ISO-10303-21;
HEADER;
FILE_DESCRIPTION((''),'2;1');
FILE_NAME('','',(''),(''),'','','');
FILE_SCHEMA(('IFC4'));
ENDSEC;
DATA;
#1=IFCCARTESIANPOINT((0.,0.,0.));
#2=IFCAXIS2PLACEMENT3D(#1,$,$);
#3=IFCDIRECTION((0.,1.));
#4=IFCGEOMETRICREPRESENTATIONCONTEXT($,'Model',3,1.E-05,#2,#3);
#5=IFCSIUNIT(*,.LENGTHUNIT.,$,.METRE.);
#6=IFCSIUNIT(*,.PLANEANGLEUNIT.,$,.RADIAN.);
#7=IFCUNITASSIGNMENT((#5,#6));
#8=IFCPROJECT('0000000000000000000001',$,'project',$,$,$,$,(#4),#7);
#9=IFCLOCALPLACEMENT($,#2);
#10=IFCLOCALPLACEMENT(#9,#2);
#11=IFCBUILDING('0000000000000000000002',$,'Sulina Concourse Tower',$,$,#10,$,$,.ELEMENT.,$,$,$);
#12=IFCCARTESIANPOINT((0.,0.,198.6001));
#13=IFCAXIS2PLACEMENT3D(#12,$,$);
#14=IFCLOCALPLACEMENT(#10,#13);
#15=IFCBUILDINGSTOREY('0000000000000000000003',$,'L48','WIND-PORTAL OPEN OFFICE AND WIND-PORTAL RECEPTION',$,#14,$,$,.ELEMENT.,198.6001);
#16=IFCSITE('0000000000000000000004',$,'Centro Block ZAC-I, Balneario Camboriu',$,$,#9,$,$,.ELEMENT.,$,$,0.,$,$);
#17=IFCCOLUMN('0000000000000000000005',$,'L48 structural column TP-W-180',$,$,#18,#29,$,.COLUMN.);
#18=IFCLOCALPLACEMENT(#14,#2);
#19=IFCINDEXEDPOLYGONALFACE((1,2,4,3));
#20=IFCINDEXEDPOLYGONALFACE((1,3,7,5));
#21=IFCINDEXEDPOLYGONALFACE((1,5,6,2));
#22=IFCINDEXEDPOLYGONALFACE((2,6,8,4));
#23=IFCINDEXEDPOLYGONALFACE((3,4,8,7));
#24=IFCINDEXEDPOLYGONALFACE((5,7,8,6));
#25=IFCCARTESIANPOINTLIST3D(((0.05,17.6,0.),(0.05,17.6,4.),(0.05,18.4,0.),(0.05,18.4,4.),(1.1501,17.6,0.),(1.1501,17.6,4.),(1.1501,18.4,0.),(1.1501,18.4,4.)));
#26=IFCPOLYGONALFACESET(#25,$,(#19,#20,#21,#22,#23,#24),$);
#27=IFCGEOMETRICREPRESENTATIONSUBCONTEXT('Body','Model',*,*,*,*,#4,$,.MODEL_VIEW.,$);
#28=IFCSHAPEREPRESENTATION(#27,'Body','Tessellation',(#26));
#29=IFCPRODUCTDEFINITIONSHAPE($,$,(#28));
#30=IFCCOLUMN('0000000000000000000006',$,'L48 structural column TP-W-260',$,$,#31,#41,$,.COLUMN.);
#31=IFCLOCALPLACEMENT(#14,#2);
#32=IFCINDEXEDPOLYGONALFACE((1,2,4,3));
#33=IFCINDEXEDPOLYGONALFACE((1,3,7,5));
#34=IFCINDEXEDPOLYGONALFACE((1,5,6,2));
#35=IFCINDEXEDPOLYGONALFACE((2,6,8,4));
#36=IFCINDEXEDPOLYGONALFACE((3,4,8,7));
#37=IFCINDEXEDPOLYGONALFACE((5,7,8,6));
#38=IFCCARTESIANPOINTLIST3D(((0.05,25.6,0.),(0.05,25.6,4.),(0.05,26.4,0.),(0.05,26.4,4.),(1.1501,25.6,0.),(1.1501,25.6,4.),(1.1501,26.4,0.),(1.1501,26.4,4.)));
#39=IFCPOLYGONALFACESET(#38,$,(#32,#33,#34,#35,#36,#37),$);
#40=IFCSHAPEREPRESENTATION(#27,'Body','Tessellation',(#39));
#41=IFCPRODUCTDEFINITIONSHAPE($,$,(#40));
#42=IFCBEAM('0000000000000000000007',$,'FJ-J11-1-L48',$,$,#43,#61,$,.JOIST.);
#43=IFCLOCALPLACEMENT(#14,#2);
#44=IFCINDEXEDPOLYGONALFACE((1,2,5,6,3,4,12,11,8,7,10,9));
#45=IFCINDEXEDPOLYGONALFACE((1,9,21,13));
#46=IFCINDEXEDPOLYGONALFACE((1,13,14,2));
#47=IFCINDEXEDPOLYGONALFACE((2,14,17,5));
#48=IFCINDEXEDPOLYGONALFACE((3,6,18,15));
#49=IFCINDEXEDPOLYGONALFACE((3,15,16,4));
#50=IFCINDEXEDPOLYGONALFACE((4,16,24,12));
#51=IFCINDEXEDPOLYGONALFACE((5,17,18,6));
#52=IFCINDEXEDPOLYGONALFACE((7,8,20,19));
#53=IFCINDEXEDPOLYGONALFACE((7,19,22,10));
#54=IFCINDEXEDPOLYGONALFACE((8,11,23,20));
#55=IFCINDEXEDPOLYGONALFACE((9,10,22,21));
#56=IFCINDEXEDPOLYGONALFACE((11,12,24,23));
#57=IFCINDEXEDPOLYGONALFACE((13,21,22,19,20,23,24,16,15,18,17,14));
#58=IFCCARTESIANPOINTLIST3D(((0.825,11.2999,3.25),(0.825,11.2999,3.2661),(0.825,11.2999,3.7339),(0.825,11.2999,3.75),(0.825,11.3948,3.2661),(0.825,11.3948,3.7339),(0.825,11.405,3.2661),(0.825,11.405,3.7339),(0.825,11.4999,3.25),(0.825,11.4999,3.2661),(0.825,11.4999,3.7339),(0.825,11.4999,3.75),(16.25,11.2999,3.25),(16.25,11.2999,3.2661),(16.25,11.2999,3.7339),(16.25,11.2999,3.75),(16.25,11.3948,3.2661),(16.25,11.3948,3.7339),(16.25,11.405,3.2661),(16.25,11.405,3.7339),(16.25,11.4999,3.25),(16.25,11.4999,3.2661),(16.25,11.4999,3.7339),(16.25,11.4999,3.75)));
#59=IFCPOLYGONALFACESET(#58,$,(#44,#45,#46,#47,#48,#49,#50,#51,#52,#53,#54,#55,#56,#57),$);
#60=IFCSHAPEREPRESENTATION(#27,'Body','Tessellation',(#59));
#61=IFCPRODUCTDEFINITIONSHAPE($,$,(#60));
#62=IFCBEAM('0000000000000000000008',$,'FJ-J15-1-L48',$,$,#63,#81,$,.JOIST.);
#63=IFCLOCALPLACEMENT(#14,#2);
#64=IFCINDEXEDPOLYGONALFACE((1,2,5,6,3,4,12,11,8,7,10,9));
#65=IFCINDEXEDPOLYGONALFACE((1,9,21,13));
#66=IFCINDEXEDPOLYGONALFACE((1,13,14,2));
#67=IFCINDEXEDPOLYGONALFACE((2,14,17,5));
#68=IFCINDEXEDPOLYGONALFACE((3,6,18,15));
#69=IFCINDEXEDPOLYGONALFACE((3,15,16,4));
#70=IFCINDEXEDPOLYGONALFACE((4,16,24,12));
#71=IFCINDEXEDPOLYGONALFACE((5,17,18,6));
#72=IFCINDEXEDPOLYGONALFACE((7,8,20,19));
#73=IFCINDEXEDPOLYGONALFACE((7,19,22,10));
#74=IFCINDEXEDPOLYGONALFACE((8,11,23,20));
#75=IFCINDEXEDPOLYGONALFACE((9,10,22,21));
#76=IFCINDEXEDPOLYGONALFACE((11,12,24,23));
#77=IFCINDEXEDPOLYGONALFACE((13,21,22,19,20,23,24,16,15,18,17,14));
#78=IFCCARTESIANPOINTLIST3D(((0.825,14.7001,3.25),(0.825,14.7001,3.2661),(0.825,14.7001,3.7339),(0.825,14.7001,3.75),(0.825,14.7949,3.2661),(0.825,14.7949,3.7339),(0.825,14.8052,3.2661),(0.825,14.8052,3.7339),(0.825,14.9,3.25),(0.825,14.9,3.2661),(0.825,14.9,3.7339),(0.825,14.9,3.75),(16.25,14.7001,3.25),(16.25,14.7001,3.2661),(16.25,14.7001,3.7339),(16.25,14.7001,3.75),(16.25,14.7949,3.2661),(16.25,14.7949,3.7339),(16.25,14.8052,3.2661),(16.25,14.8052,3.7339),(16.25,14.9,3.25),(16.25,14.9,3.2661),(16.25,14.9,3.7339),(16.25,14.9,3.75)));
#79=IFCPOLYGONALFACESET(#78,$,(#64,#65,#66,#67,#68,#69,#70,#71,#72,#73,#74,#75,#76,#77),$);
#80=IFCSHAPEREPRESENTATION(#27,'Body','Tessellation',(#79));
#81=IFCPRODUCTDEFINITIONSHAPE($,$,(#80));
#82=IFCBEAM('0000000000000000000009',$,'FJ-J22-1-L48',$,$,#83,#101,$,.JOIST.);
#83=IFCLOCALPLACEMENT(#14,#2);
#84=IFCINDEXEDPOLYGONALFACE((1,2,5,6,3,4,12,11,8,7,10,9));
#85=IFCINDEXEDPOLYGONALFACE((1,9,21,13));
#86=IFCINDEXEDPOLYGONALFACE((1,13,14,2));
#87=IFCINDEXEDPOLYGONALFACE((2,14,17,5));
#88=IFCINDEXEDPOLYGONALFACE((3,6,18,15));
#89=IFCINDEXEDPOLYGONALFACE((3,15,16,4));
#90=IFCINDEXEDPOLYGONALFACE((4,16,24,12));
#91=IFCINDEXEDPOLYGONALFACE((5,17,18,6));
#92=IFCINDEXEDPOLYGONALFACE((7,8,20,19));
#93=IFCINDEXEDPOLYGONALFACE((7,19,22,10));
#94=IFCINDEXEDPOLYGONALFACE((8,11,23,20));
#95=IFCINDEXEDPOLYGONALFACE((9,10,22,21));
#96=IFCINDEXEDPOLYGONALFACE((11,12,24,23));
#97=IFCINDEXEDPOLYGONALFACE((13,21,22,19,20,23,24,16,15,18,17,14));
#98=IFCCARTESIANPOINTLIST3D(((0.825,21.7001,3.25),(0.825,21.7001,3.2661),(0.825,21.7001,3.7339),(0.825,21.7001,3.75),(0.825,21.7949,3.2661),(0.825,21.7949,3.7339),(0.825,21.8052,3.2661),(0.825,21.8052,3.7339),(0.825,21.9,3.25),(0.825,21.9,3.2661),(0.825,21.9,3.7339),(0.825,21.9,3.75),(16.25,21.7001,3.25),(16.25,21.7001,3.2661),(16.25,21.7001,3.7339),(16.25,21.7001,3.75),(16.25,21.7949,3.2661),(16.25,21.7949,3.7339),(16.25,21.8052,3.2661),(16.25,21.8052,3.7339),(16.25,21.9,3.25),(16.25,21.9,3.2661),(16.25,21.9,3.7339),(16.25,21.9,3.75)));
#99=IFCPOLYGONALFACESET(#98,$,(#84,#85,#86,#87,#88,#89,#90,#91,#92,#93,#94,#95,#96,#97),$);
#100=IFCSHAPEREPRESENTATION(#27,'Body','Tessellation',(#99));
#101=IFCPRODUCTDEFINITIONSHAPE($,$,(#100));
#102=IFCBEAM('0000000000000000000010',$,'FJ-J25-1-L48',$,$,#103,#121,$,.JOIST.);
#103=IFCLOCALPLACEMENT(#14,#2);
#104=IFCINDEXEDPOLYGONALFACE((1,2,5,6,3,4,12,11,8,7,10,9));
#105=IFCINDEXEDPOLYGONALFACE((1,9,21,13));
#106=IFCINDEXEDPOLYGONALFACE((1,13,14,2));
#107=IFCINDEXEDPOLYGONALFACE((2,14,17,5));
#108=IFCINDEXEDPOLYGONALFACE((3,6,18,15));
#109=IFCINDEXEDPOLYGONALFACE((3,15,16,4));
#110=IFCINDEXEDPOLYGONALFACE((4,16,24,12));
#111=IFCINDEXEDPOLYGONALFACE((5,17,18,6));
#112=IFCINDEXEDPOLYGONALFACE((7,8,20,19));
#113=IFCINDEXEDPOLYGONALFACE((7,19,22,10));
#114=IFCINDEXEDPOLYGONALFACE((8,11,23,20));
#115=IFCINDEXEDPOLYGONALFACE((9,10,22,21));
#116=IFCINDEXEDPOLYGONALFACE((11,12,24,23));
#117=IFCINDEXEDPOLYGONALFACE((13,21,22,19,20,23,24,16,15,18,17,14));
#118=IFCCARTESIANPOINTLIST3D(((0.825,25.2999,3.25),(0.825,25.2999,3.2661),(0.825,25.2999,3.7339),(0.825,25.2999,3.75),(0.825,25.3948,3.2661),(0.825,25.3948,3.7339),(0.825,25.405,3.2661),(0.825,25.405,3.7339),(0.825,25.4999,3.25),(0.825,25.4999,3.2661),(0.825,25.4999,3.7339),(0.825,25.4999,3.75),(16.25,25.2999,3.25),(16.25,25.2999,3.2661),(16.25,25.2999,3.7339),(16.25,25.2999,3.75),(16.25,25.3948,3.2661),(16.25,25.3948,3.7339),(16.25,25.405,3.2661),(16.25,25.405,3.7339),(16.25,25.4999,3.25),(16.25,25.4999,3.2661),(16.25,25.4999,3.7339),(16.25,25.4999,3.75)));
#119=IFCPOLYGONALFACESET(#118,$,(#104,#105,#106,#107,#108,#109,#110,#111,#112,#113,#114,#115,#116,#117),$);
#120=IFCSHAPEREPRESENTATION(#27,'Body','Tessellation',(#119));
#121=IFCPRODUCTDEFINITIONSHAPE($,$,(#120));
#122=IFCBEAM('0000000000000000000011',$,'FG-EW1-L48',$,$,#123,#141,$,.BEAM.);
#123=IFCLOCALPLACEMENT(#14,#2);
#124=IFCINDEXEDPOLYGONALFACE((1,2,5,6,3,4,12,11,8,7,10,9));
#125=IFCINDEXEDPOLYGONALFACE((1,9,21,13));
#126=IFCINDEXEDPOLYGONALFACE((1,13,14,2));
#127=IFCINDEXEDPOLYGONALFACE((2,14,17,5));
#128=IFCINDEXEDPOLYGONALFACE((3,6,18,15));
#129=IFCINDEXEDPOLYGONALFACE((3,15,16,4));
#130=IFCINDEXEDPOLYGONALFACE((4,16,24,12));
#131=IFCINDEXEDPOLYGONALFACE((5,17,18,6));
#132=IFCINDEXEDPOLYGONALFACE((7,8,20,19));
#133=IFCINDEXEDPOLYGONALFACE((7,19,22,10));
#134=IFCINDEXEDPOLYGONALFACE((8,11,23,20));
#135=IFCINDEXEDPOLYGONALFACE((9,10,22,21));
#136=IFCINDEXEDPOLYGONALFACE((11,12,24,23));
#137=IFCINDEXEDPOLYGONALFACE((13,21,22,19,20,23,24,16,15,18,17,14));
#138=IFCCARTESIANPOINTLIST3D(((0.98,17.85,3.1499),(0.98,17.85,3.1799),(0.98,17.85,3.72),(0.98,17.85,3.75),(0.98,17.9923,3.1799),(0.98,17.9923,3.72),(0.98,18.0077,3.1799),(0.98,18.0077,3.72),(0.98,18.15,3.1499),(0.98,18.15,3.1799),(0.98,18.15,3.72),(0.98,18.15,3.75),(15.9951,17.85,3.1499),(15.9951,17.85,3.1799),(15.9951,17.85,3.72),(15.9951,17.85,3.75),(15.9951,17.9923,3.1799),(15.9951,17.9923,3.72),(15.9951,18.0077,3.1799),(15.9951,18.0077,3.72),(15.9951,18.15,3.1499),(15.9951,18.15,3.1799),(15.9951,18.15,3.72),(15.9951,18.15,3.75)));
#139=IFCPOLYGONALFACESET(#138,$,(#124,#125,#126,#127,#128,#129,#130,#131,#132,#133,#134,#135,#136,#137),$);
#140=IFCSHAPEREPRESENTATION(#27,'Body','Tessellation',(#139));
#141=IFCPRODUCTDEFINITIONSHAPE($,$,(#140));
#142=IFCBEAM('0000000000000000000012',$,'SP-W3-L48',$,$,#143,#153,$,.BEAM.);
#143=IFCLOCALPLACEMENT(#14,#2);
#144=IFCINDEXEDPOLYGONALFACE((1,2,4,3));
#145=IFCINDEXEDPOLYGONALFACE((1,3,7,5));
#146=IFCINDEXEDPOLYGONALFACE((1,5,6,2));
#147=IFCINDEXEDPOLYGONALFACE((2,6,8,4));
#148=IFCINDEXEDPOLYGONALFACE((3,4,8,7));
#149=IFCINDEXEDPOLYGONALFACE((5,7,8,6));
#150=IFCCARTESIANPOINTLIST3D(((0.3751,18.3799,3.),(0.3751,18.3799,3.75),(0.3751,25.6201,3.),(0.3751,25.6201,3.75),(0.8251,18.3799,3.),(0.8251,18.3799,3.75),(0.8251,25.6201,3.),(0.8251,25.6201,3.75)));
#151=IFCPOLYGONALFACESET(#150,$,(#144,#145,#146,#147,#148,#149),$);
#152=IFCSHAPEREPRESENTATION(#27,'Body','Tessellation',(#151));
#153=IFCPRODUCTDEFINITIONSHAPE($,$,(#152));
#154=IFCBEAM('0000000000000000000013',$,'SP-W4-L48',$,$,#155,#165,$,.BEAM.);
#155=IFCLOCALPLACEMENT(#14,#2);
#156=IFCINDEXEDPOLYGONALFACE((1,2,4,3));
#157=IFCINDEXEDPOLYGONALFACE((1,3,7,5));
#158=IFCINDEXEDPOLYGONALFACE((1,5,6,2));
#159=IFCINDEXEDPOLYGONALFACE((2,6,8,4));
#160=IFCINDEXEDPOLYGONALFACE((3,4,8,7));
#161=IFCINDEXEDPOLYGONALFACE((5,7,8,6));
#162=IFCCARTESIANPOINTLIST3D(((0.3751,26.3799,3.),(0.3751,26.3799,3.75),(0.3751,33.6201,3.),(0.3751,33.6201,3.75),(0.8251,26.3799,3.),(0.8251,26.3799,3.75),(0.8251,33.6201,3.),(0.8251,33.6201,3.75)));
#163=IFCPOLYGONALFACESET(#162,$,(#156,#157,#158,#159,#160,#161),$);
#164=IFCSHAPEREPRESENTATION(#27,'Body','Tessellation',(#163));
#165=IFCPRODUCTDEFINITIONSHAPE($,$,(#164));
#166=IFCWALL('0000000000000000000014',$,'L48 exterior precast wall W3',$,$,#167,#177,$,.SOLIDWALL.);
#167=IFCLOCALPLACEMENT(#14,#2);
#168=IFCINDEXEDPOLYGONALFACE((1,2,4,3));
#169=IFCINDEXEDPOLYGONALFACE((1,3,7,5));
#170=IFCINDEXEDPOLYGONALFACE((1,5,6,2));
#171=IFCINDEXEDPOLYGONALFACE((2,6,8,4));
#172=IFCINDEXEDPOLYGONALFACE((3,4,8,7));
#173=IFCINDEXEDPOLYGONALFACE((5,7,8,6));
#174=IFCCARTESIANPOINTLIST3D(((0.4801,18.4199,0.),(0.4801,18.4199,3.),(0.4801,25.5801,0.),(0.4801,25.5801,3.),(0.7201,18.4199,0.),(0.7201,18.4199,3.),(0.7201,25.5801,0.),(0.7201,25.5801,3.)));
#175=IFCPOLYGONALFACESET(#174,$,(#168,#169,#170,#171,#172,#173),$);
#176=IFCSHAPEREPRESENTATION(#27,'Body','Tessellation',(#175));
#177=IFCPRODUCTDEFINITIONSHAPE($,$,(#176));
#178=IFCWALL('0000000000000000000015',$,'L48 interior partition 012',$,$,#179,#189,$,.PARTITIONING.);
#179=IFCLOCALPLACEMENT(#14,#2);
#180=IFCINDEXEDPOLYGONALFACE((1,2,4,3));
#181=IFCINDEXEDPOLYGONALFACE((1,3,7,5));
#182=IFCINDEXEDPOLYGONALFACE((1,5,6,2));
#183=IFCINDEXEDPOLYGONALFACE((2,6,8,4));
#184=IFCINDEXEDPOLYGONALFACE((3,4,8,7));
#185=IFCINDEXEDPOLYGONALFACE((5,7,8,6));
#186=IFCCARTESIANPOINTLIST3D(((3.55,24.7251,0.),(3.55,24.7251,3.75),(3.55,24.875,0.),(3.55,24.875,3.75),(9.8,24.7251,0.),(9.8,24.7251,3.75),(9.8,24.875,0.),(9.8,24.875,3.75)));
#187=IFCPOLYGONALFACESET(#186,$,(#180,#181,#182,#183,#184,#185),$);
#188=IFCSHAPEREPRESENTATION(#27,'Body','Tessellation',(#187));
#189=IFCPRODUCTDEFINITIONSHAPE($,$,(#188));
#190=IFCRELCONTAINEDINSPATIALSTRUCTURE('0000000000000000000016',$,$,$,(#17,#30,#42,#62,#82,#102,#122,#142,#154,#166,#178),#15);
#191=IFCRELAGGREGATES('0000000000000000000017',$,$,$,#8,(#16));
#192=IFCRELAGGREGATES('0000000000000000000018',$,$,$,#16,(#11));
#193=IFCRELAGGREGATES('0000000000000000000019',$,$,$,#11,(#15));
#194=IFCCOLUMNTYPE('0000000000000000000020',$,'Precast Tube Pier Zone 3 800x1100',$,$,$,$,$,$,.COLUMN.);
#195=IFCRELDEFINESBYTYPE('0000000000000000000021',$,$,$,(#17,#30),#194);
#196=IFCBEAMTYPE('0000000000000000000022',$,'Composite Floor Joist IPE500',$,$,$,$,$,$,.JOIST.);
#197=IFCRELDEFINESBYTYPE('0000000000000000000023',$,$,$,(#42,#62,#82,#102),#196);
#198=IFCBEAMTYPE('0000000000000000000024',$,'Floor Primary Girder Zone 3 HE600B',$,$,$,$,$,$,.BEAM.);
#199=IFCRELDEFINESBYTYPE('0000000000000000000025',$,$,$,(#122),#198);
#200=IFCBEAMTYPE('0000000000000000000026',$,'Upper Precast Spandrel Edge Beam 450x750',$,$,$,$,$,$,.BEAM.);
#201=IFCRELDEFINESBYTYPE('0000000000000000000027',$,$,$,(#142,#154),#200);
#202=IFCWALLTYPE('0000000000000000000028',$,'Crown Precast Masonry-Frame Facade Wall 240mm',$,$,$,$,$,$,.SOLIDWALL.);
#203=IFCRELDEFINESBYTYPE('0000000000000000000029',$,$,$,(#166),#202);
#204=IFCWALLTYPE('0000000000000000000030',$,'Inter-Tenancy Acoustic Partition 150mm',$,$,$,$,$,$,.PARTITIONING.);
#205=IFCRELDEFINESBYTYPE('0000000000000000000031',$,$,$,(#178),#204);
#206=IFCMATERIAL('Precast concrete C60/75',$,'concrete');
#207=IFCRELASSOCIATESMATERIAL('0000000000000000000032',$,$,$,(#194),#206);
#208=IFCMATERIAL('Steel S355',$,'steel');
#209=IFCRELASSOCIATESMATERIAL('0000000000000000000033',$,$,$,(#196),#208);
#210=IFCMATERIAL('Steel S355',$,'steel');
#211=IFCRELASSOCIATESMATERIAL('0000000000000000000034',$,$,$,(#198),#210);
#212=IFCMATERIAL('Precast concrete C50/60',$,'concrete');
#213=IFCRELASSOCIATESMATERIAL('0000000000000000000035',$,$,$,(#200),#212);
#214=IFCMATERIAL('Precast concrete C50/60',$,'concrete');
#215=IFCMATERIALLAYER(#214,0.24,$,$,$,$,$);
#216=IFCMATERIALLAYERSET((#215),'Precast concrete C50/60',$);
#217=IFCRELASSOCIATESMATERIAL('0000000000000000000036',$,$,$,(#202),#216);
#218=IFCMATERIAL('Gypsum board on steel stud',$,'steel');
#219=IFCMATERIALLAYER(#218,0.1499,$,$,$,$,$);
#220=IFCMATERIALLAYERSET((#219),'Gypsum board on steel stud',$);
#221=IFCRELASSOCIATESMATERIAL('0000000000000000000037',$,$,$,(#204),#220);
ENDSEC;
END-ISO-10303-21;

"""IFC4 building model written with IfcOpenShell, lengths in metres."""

from ifc_helpers import new_model, si_unit, direction, frame, frame_2d, origin, origin_2d, place, context, subcontext, project, spatial, rectangle, i_section, extrude, material, layer, layer_set, material_profile, profile_set, type_object, element, save


model = new_model("IFC4")

# Units and contexts
model_context = context("Model", 3, precision=1e-05, world=origin(), true_north=direction((0.0, 1.0)))
body_context = subcontext(model_context, "Body", "Model", "MODEL_VIEW")
ifc_project = project(units=[si_unit("LENGTHUNIT", "METRE"), si_unit("PLANEANGLEUNIT", "RADIAN")], contexts=[model_context])

# Site, building, storey
site_placement = place(None, origin())
site = spatial("IfcSite", under=ifc_project, at=site_placement, Name="Centro Block ZAC-I, Balneario Camboriu", CompositionType="ELEMENT", RefElevation=0.0)
building_placement = place(site_placement, origin())
building = spatial("IfcBuilding", under=site, at=building_placement, Name="Sulina Concourse Tower", CompositionType="ELEMENT")
storey_placement = place(building_placement, frame((0.0, 0.0, 198.6001)))
storey = spatial("IfcBuildingStorey", under=building, at=storey_placement, Name="L48", Description="WIND-PORTAL OPEN OFFICE AND WIND-PORTAL RECEPTION", CompositionType="ELEMENT", Elevation=198.6001)

# Columns
ifc_material_1 = material(Name="Precast concrete C60/75", Category="concrete")
ifc_material_profile_1 = material_profile(ifc_material_1, rectangle(XDim=0.8, YDim=1.1001, at=origin_2d()), Name="PC 800x1100")
ifc_profile_set_1 = profile_set([ifc_material_profile_1], Name="Precast concrete C60/75")
column_type = type_object("IfcColumnType", Name="Precast Tube Pier Zone 3 800x1100", PredefinedType="COLUMN", material=ifc_profile_set_1)
for number, where, z_axis, x_axis, name in (
    (1, (0.6001, 18.0, 0.0), (0.0, 0.0, 1.0), (0.0, 1.0, 0.0), "L48 structural column TP-W-180"),
    (2, (0.6001, 26.0, 0.0), (0.0, 0.0, 1.0), (0.0, 1.0, 0.0), "L48 structural column TP-W-260"),
):
    element("IfcColumn", number, at=place(storey_placement, frame(where, z_axis=z_axis, x_axis=x_axis)), inside=storey, type_object=column_type, Name=name, PredefinedType="COLUMN", context=body_context, shape_type="SweptSolid", body=[
        extrude(rectangle(XDim=0.8, YDim=1.1001, at=origin_2d()), origin(), (0.0, 0.0, 1.0), 4.0),
    ])

# Beams
ifc_material_2 = material(Name="Steel S355", Category="steel")
ifc_material_profile_2 = material_profile(ifc_material_2, i_section(OverallWidth=0.2, OverallDepth=0.5, WebThickness=0.0103, FlangeThickness=0.0161, at=origin_2d()), Name="IPE 500")
ifc_profile_set_2 = profile_set([ifc_material_profile_2], Name="Steel S355")
beam_type_1 = type_object("IfcBeamType", Name="Composite Floor Joist IPE500", PredefinedType="JOIST", material=ifc_profile_set_2)
for number, where, z_axis, x_axis, name in (
    (3, (0.825, 11.3999, 3.5), (1.0, 0.0, 0.0), (0.0, 1.0, 0.0), "FJ-J11-1-L48"),
    (4, (0.825, 14.8, 3.5), (1.0, 0.0, 0.0), (0.0, 1.0, 0.0), "FJ-J15-1-L48"),
    (5, (0.825, 21.8, 3.5), (1.0, 0.0, 0.0), (0.0, 1.0, 0.0), "FJ-J22-1-L48"),
    (6, (0.825, 25.3999, 3.5), (1.0, 0.0, 0.0), (0.0, 1.0, 0.0), "FJ-J25-1-L48"),
):
    element("IfcBeam", number, at=place(storey_placement, frame(where, z_axis=z_axis, x_axis=x_axis)), inside=storey, type_object=beam_type_1, Name=name, PredefinedType="JOIST", context=body_context, shape_type="SweptSolid", body=[
        extrude(i_section(OverallWidth=0.2, OverallDepth=0.5, WebThickness=0.0103, FlangeThickness=0.0161, at=origin_2d()), origin(), (0.0, 0.0, 1.0), 15.425),
    ])
ifc_material_3 = material(Name="Steel S355", Category="steel")
ifc_material_profile_3 = material_profile(ifc_material_3, i_section(OverallWidth=0.3, OverallDepth=0.6001, WebThickness=0.0154, FlangeThickness=0.03, at=origin_2d()), Name="HE 600 B")
ifc_profile_set_3 = profile_set([ifc_material_profile_3], Name="Steel S355")
beam_type_2 = type_object("IfcBeamType", Name="Floor Primary Girder Zone 3 HE600B", PredefinedType="BEAM", material=ifc_profile_set_3)
beam_placement = place(storey_placement, frame((0.98, 18.0, 3.45), z_axis=(1.0, 0.0, 0.0), x_axis=(0.0, 1.0, 0.0)))
element("IfcBeam", 7, at=beam_placement, inside=storey, type_object=beam_type_2, Name="FG-EW1-L48", PredefinedType="BEAM", context=body_context, shape_type="SweptSolid", body=[
    extrude(i_section(OverallWidth=0.3, OverallDepth=0.6001, WebThickness=0.0154, FlangeThickness=0.03, at=origin_2d()), origin(), (0.0, 0.0, 1.0), 15.0151),
])
ifc_material_4 = material(Name="Precast concrete C50/60", Category="concrete")
ifc_material_profile_4 = material_profile(ifc_material_4, rectangle(XDim=0.45, YDim=0.75, at=origin_2d()), Name="RC 450x750")
ifc_profile_set_4 = profile_set([ifc_material_profile_4], Name="Precast concrete C50/60")
beam_type_3 = type_object("IfcBeamType", Name="Upper Precast Spandrel Edge Beam 450x750", PredefinedType="BEAM", material=ifc_profile_set_4)
for number, where, z_axis, x_axis, name in (
    (8, (0.6001, 18.3799, 3.375), (0.0, 1.0, 0.0), (-1.0, 0.0, 0.0), "SP-W3-L48"),
    (9, (0.6001, 26.3799, 3.375), (0.0, 1.0, 0.0), (-1.0, 0.0, 0.0), "SP-W4-L48"),
):
    element("IfcBeam", number, at=place(storey_placement, frame(where, z_axis=z_axis, x_axis=x_axis)), inside=storey, type_object=beam_type_3, Name=name, PredefinedType="BEAM", context=body_context, shape_type="SweptSolid", body=[
        extrude(rectangle(XDim=0.45, YDim=0.75, at=origin_2d()), origin(), (0.0, 0.0, 1.0), 7.2402),
    ])

# Walls
ifc_material_5 = material(Name="Precast concrete C50/60", Category="concrete")
ifc_layer_1 = layer(ifc_material_5, 0.24)
ifc_layer_set_1 = layer_set([ifc_layer_1], Name="Precast concrete C50/60")
wall_type_1 = type_object("IfcWallType", Name="Crown Precast Masonry-Frame Facade Wall 240mm", PredefinedType="SOLIDWALL", material=ifc_layer_set_1)
wall_1_placement = place(storey_placement, frame((0.6001, 18.4199, 0.0), z_axis=(0.0, 0.0, 1.0), x_axis=(0.0, 1.0, 0.0)))
element("IfcWall", 10, at=wall_1_placement, inside=storey, type_object=wall_type_1, Name="L48 exterior precast wall W3", PredefinedType="SOLIDWALL", context=body_context, shape_type="SweptSolid", body=[
    extrude(rectangle(XDim=7.1602, YDim=0.24, at=frame_2d((3.5801, 0.0))), origin(), (0.0, 0.0, 1.0), 3.0),
])
ifc_material_6 = material(Name="Gypsum board on steel stud", Category="steel")
ifc_layer_2 = layer(ifc_material_6, 0.1499)
ifc_layer_set_2 = layer_set([ifc_layer_2], Name="Gypsum board on steel stud")
wall_type_2 = type_object("IfcWallType", Name="Inter-Tenancy Acoustic Partition 150mm", PredefinedType="PARTITIONING", material=ifc_layer_set_2)
wall_2_placement = place(storey_placement, frame((3.55, 24.8, 0.0), z_axis=(0.0, 0.0, 1.0), x_axis=(1.0, 0.0, 0.0)))
element("IfcWall", 11, at=wall_2_placement, inside=storey, type_object=wall_type_2, Name="L48 interior partition 012", PredefinedType="PARTITIONING", context=body_context, shape_type="SweptSolid", body=[
    extrude(rectangle(XDim=6.25, YDim=0.1499, at=frame_2d((3.125, 0.0))), origin(), (0.0, 0.0, 1.0), 3.75),
])

save(model, "model.ifc")
